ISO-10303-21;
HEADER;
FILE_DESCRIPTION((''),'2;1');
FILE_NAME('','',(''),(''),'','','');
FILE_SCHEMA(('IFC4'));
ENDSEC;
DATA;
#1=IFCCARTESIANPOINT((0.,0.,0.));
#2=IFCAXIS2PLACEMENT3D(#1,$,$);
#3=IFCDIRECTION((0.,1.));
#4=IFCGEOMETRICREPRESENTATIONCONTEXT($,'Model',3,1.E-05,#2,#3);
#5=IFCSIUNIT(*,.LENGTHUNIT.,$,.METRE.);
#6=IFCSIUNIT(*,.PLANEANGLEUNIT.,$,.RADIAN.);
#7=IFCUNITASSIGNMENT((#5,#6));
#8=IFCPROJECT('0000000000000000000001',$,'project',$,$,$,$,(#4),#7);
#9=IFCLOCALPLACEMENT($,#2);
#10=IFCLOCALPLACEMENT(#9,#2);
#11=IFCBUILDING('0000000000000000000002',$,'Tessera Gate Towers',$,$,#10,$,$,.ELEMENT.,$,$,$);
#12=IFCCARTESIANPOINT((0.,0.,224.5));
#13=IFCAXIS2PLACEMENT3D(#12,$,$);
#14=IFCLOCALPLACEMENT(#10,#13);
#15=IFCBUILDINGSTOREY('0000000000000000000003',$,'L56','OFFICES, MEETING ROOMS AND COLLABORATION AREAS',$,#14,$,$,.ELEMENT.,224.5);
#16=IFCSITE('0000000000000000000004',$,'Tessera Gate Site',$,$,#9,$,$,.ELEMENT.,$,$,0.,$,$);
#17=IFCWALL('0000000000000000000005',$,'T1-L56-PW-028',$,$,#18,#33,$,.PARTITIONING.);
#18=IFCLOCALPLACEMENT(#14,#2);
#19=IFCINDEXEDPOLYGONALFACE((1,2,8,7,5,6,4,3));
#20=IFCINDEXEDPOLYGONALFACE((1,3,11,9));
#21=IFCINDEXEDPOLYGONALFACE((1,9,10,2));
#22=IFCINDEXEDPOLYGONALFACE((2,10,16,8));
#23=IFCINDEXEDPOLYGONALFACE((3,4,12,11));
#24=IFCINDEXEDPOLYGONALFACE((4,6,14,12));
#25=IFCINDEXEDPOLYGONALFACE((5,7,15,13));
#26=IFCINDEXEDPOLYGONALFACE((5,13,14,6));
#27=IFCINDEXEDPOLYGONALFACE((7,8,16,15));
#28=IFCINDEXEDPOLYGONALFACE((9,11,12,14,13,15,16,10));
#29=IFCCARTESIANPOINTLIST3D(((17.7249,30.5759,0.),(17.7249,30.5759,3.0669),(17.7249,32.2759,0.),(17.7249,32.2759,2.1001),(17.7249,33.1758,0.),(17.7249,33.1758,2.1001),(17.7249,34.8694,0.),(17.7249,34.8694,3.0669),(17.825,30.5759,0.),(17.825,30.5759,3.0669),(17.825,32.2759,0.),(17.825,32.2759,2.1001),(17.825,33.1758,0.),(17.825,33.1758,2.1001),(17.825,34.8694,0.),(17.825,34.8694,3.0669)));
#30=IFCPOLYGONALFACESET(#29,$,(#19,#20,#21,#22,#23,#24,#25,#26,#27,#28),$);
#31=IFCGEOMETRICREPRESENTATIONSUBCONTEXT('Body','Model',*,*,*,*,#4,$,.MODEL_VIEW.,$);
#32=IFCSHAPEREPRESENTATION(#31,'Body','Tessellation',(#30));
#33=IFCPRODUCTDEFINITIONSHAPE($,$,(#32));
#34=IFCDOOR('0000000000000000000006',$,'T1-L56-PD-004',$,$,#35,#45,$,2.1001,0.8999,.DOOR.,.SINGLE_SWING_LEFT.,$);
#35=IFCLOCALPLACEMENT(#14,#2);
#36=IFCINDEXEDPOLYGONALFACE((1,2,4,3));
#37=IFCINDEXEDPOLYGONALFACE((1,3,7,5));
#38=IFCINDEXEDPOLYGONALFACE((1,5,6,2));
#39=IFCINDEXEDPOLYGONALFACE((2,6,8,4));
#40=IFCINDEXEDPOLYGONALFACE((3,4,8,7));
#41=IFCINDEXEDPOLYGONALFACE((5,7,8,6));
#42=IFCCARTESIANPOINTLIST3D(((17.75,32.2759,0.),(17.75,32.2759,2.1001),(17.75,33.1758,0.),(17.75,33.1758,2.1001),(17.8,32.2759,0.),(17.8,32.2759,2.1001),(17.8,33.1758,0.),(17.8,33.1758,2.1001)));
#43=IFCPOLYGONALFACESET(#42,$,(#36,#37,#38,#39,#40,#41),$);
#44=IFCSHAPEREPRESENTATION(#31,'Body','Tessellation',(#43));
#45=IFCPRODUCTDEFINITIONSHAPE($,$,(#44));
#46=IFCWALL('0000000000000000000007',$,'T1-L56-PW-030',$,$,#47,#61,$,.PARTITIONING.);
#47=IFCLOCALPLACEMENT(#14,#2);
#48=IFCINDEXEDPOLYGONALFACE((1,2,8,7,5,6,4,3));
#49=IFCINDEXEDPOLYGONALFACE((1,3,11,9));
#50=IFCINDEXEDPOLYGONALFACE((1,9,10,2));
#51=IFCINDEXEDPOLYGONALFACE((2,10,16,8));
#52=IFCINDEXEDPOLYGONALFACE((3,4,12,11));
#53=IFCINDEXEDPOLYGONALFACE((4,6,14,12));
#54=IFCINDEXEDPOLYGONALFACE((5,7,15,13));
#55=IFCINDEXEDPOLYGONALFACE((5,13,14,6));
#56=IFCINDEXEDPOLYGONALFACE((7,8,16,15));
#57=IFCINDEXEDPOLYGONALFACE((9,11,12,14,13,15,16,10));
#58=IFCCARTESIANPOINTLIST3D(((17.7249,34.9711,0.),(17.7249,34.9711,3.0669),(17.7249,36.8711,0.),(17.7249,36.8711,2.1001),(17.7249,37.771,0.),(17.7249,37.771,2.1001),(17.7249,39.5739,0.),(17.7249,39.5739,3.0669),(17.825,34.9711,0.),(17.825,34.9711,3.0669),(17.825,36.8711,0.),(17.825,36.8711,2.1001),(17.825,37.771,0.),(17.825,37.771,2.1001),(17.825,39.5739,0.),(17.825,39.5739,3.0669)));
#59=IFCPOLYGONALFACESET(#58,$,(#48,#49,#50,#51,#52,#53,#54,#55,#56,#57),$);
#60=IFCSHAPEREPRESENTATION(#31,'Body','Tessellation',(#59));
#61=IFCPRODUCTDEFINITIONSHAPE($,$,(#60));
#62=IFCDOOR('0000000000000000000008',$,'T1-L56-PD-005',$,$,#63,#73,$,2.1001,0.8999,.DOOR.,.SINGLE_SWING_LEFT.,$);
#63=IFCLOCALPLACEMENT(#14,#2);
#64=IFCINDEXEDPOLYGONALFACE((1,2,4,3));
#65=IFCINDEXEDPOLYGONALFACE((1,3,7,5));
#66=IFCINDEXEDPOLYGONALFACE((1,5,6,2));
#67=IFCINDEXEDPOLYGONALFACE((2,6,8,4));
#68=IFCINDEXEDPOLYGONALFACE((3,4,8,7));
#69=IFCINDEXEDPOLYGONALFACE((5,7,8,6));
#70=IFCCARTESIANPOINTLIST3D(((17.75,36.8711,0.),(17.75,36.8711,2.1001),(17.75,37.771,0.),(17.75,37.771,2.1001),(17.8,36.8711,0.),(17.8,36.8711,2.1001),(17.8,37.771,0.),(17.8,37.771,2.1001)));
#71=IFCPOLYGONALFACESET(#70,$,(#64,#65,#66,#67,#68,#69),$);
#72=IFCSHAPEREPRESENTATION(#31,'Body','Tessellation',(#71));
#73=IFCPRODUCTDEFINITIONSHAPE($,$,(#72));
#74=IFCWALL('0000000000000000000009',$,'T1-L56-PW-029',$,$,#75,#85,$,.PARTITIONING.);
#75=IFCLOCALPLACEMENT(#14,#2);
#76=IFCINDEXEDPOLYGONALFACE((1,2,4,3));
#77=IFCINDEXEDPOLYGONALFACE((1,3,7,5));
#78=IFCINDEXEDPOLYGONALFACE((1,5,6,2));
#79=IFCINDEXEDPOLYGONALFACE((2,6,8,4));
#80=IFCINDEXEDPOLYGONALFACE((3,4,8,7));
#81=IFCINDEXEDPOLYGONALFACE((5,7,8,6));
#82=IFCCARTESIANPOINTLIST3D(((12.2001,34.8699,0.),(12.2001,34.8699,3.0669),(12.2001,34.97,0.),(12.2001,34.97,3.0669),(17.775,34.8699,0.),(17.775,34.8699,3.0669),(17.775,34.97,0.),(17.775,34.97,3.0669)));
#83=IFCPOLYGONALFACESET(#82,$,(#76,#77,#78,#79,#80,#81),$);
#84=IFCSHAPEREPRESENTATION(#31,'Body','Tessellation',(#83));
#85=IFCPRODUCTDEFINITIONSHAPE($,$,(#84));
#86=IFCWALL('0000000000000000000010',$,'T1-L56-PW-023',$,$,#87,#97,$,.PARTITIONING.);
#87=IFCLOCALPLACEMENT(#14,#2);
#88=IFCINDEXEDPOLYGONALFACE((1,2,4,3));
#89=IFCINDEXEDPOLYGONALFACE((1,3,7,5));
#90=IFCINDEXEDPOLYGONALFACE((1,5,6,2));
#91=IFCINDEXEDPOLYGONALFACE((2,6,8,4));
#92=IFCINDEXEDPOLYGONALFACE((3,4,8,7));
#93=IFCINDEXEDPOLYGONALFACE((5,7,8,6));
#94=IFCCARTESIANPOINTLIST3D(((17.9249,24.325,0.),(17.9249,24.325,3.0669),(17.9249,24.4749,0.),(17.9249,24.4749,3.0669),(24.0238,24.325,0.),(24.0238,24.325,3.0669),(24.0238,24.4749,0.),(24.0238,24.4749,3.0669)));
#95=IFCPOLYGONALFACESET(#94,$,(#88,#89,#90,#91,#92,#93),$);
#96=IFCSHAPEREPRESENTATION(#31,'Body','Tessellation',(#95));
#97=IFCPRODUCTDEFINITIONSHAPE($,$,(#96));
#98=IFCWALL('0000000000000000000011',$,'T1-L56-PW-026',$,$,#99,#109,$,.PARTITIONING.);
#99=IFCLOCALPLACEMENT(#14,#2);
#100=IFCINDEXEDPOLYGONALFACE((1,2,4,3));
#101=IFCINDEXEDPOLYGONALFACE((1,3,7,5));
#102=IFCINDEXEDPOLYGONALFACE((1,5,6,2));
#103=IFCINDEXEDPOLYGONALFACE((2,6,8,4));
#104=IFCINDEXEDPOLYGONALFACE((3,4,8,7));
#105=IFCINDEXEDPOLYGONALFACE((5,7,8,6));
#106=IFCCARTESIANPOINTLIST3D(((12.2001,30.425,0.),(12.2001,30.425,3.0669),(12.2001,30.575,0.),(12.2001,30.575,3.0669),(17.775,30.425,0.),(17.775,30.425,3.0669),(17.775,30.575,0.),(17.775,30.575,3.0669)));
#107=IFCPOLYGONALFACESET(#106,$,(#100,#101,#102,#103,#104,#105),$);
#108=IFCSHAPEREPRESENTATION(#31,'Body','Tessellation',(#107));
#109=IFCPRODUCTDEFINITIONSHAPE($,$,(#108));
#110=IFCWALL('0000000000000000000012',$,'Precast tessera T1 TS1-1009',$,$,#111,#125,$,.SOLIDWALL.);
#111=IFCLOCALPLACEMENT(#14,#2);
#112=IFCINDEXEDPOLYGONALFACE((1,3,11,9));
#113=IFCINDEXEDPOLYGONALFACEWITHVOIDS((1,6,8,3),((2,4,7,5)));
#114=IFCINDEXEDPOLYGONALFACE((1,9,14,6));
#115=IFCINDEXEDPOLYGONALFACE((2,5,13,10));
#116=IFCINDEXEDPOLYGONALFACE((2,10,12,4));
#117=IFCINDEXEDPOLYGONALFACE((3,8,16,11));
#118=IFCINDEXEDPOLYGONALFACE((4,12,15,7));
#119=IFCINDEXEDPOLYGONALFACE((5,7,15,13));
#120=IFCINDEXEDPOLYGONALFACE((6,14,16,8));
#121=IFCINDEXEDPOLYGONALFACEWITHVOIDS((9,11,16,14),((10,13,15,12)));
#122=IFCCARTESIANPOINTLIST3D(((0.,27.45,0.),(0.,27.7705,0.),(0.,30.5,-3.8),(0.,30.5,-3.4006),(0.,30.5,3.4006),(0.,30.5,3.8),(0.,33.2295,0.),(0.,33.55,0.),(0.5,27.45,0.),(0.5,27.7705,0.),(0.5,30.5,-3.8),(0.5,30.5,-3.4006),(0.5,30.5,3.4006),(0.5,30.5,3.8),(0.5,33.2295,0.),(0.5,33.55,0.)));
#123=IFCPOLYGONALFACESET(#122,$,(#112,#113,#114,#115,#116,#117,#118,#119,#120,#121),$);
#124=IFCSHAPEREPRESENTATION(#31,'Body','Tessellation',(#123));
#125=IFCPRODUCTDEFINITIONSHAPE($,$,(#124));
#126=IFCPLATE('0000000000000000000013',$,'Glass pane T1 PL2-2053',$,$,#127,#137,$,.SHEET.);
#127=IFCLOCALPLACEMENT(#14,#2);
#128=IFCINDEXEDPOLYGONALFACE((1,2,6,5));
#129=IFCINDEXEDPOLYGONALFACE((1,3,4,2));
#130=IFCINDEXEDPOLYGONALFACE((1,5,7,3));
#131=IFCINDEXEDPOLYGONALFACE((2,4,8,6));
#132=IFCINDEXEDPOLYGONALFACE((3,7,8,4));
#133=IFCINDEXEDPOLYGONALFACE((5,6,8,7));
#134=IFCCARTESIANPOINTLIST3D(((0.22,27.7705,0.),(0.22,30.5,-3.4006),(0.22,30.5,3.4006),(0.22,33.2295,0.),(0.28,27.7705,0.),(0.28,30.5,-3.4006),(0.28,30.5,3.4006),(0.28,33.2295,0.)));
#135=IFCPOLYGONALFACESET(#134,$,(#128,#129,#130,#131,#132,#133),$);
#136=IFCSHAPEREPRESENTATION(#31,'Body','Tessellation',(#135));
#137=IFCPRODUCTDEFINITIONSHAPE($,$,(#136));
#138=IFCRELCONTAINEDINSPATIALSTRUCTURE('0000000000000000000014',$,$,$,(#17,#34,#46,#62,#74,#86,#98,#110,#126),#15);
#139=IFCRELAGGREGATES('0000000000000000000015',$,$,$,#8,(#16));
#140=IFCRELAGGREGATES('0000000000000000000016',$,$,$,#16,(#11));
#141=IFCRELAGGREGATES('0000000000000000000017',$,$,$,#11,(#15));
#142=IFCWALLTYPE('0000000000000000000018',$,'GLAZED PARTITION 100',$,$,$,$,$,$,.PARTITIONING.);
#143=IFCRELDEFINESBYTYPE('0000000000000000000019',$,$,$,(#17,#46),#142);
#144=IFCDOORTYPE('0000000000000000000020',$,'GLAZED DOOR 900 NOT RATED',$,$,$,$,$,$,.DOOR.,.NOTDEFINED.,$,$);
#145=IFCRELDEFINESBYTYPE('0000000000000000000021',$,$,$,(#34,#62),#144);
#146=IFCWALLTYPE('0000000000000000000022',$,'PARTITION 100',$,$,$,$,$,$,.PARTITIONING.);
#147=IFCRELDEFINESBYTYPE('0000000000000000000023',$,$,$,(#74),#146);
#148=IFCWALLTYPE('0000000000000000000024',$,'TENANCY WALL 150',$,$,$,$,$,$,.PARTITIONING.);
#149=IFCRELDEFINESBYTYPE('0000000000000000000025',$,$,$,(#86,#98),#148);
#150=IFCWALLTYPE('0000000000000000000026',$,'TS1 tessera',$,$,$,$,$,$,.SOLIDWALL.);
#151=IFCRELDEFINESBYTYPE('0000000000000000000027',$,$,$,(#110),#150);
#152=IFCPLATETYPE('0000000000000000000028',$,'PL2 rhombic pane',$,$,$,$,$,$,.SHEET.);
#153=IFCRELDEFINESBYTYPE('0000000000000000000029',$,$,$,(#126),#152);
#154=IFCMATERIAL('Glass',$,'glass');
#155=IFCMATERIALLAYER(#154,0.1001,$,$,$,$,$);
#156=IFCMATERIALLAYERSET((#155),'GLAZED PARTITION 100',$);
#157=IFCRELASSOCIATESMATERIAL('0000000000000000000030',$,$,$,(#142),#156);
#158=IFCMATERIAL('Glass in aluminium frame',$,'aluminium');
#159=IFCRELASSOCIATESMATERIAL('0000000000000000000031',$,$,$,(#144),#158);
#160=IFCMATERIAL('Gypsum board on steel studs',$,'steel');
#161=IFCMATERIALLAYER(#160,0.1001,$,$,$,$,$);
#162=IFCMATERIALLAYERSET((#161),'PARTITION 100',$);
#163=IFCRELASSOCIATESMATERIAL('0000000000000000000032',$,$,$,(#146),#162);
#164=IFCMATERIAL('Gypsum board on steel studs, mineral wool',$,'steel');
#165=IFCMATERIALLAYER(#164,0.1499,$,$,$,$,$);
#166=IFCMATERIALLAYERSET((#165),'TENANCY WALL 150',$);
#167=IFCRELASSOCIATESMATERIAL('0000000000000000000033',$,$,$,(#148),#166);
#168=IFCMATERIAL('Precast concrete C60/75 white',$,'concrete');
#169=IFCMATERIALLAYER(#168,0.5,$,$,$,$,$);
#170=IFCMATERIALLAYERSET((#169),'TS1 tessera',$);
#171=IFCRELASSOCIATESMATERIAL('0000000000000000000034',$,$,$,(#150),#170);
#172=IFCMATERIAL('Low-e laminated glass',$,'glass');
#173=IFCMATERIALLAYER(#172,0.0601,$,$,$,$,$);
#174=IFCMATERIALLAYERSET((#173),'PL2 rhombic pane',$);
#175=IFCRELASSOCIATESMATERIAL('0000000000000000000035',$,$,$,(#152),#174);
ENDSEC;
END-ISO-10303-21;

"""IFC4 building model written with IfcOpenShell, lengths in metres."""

from ifc_helpers import new_model, si_unit, direction, frame, frame_2d, origin, place, context, subcontext, project, spatial, polyline, rectangle, outline, extrude, source, transform, mapped, material, layer, layer_set, type_object, element, fill, save


model = new_model("IFC4")

# Units and contexts
model_context = context("Model", 3, precision=1e-05, world=origin(), true_north=direction((0.0, 1.0)))
body_context = subcontext(model_context, "Body", "Model", "MODEL_VIEW")
ifc_project = project(units=[si_unit("LENGTHUNIT", "METRE"), si_unit("PLANEANGLEUNIT", "RADIAN")], contexts=[model_context])

# Site, building, storey
site_placement = place(None, origin())
site = spatial("IfcSite", under=ifc_project, at=site_placement, Name="Tessera Gate Site", CompositionType="ELEMENT", RefElevation=0.0)
building_placement = place(site_placement, origin())
building = spatial("IfcBuilding", under=site, at=building_placement, Name="Tessera Gate Towers", CompositionType="ELEMENT")
storey_placement = place(building_placement, frame((0.0, 0.0, 224.5)))
storey = spatial("IfcBuildingStorey", under=building, at=storey_placement, Name="L56", Description="OFFICES, MEETING ROOMS AND COLLABORATION AREAS", CompositionType="ELEMENT", Elevation=224.5)

# Shared definitions
ifc_material_1 = material(Name="Glass", Category="glass")
ifc_layer_1 = layer(ifc_material_1, 0.1001)
ifc_layer_set_1 = layer_set([ifc_layer_1], Name="GLAZED PARTITION 100")
wall_type_1 = type_object("IfcWallType", Name="GLAZED PARTITION 100", PredefinedType="PARTITIONING", material=ifc_layer_set_1)
shared_shape_1 = source(origin(), body_context, "Body", "SweptSolid", [
    extrude(rectangle(XDim=0.8999, YDim=2.1001, at=frame_2d((0.45, 1.05))), frame((0.0, 0.0601, 0.0), z_axis=(0.0, -1.0, 0.0), x_axis=(1.0, 0.0, 0.0)), (0.0, 0.0, 1.0), 0.1201),
])
ifc_material_2 = material(Name="Glass in aluminium frame", Category="aluminium")
door_type = type_object("IfcDoorType", Name="GLAZED DOOR 900 NOT RATED", OperationType="NOTDEFINED", PredefinedType="DOOR", material=ifc_material_2)
shared_shape_2 = source(origin(), body_context, "Body", "SweptSolid", [
    extrude(rectangle(XDim=0.8999, YDim=2.1001, at=frame_2d((0.45, 1.05))), frame((0.0, 0.0249, 0.0), z_axis=(0.0, -1.0, 0.0), x_axis=(1.0, 0.0, 0.0)), (0.0, 0.0, 1.0), 0.05),
])

# Walls, openings, doors
wall_1_placement = place(storey_placement, frame((17.7749, 30.5759, 0.0), z_axis=(0.0, 0.0, 1.0), x_axis=(0.0, 1.0, 0.0)))
wall_1 = element("IfcWall", 1, at=wall_1_placement, inside=storey, type_object=wall_type_1, Name="T1-L56-PW-028", PredefinedType="PARTITIONING", context=body_context, shape_type="SweptSolid", body=[
    extrude(rectangle(XDim=4.2935, YDim=0.1001, at=frame_2d((2.1467, 0.0))), origin(), (0.0, 0.0, 1.0), 3.0669),
])
opening_1_placement = place(wall_1_placement, frame((1.7, 0.0, 0.0)))
opening_1 = element("IfcOpeningElement", 2, at=opening_1_placement, cuts=wall_1, PredefinedType="OPENING", context=body_context, shape_type="MappedRepresentation", body=[
    mapped(shared_shape_1, transform((0.0, 0.0, 0.0), scale=1.0)),
])
door_1_placement = place(opening_1_placement, origin())
door_1 = element("IfcDoor", 3, at=door_1_placement, inside=storey, type_object=door_type, Name="T1-L56-PD-004", OperationType="SINGLE_SWING_LEFT", OverallHeight=2.1001, OverallWidth=0.8999, PredefinedType="DOOR", context=body_context, shape_type="MappedRepresentation", body=[
    mapped(shared_shape_2, transform((0.0, 0.0, 0.0), scale=1.0)),
])
fill(opening_1, door_1)
wall_2_placement = place(storey_placement, frame((17.7749, 34.9712, 0.0), z_axis=(0.0, 0.0, 1.0), x_axis=(0.0, 1.0, 0.0)))
wall_2 = element("IfcWall", 4, at=wall_2_placement, inside=storey, type_object=wall_type_1, Name="T1-L56-PW-030", PredefinedType="PARTITIONING", context=body_context, shape_type="SweptSolid", body=[
    extrude(rectangle(XDim=4.6028, YDim=0.1001, at=frame_2d((2.3013, 0.0))), origin(), (0.0, 0.0, 1.0), 3.0669),
])
opening_2_placement = place(wall_2_placement, frame((1.8999, 0.0, 0.0)))
opening_2 = element("IfcOpeningElement", 5, at=opening_2_placement, cuts=wall_2, PredefinedType="OPENING", context=body_context, shape_type="MappedRepresentation", body=[
    mapped(shared_shape_1, transform((0.0, 0.0, 0.0), scale=1.0)),
])
door_2_placement = place(opening_2_placement, origin())
door_2 = element("IfcDoor", 6, at=door_2_placement, inside=storey, type_object=door_type, Name="T1-L56-PD-005", OperationType="SINGLE_SWING_LEFT", OverallHeight=2.1001, OverallWidth=0.8999, PredefinedType="DOOR", context=body_context, shape_type="MappedRepresentation", body=[
    mapped(shared_shape_2, transform((0.0, 0.0, 0.0), scale=1.0)),
])
fill(opening_2, door_2)

# Walls
ifc_material_3 = material(Name="Gypsum board on steel studs", Category="steel")
ifc_layer_2 = layer(ifc_material_3, 0.1001)
ifc_layer_set_2 = layer_set([ifc_layer_2], Name="PARTITION 100")
wall_type_2 = type_object("IfcWallType", Name="PARTITION 100", PredefinedType="PARTITIONING", material=ifc_layer_set_2)
wall_3_placement = place(storey_placement, frame((12.2, 34.9199, 0.0), z_axis=(0.0, 0.0, 1.0), x_axis=(1.0, 0.0, 0.0)))
element("IfcWall", 7, at=wall_3_placement, inside=storey, type_object=wall_type_2, Name="T1-L56-PW-029", PredefinedType="PARTITIONING", context=body_context, shape_type="SweptSolid", body=[
    extrude(rectangle(XDim=5.575, YDim=0.1001, at=frame_2d((2.7876, 0.0))), origin(), (0.0, 0.0, 1.0), 3.0669),
])
ifc_material_4 = material(Name="Gypsum board on steel studs, mineral wool", Category="steel")
ifc_layer_3 = layer(ifc_material_4, 0.1499)
ifc_layer_set_3 = layer_set([ifc_layer_3], Name="TENANCY WALL 150")
wall_type_3 = type_object("IfcWallType", Name="TENANCY WALL 150", PredefinedType="PARTITIONING", material=ifc_layer_set_3)
wall_4_placement = place(storey_placement, frame((17.925, 24.3999, 0.0), z_axis=(0.0, 0.0, 1.0), x_axis=(1.0, 0.0, 0.0)))
element("IfcWall", 8, at=wall_4_placement, inside=storey, type_object=wall_type_3, Name="T1-L56-PW-023", PredefinedType="PARTITIONING", context=body_context, shape_type="SweptSolid", body=[
    extrude(rectangle(XDim=6.0989, YDim=0.1499, at=frame_2d((3.0493, 0.0))), origin(), (0.0, 0.0, 1.0), 3.0669),
])
wall_5_placement = place(storey_placement, frame((12.2, 30.5, 0.0), z_axis=(0.0, 0.0, 1.0), x_axis=(1.0, 0.0, 0.0)))
element("IfcWall", 9, at=wall_5_placement, inside=storey, type_object=wall_type_3, Name="T1-L56-PW-026", PredefinedType="PARTITIONING", context=body_context, shape_type="SweptSolid", body=[
    extrude(rectangle(XDim=5.575, YDim=0.1499, at=frame_2d((2.7876, 0.0))), origin(), (0.0, 0.0, 1.0), 3.0669),
])

# Wall, opening, plate
ifc_material_5 = material(Name="Precast concrete C60/75 white", Category="concrete")
ifc_layer_4 = layer(ifc_material_5, 0.5)
ifc_layer_set_4 = layer_set([ifc_layer_4], Name="TS1 tessera")
wall_type_4 = type_object("IfcWallType", Name="TS1 tessera", PredefinedType="SOLIDWALL", material=ifc_layer_set_4)
shared_shape_3 = source(origin(), body_context, "Body", "SweptSolid", [
    extrude(outline(polyline([(3.05, 0.0), (6.1001, 3.8), (3.05, 7.6001), (0.0, 3.8), (3.05, 0.0)])), frame((0.0, 0.25, 0.0), z_axis=(0.0, -1.0, 0.0), x_axis=(1.0, 0.0, 0.0)), (0.0, 0.0, 1.0), 0.5),
])
wall_6_placement = place(storey_placement, frame((0.25, 33.55, -3.8), z_axis=(0.0, 0.0, 1.0), x_axis=(0.0, -1.0, 0.0)))
wall_6 = element("IfcWall", 10, at=wall_6_placement, inside=storey, type_object=wall_type_4, Name="Precast tessera T1 TS1-1009", PredefinedType="SOLIDWALL", context=body_context, shape_type="MappedRepresentation", body=[
    mapped(shared_shape_3, transform((0.0, 0.0, 0.0), scale=1.0)),
])
shared_shape_4 = source(origin(), body_context, "Body", "SweptSolid", [
    extrude(outline(polyline([(3.05, 0.3994), (5.7795, 3.8), (3.05, 7.2007), (0.3206, 3.8), (3.05, 0.3994)])), frame((0.0, 0.26, 0.0), z_axis=(0.0, -1.0, 0.0), x_axis=(1.0, 0.0, 0.0)), (0.0, 0.0, 1.0), 0.52),
])
opening_3_placement = place(wall_6_placement, origin())
opening_3 = element("IfcOpeningElement", 11, at=opening_3_placement, cuts=wall_6, PredefinedType="OPENING", context=body_context, shape_type="MappedRepresentation", body=[
    mapped(shared_shape_4, transform((0.0, 0.0, 0.0), scale=1.0)),
])
ifc_material_6 = material(Name="Low-e laminated glass", Category="glass")
ifc_layer_5 = layer(ifc_material_6, 0.0601)
ifc_layer_set_5 = layer_set([ifc_layer_5], Name="PL2 rhombic pane")
plate_type = type_object("IfcPlateType", Name="PL2 rhombic pane", PredefinedType="SHEET", material=ifc_layer_set_5)
shared_shape_5 = source(origin(), body_context, "Body", "SweptSolid", [
    extrude(outline(polyline([(3.05, 0.3994), (5.7795, 3.8), (3.05, 7.2007), (0.3206, 3.8), (3.05, 0.3994)])), frame((0.0, 0.03, 0.0), z_axis=(0.0, -1.0, 0.0), x_axis=(1.0, 0.0, 0.0)), (0.0, 0.0, 1.0), 0.0601),
])
plate_placement = place(opening_3_placement, origin())
plate = element("IfcPlate", 12, at=plate_placement, inside=storey, type_object=plate_type, Name="Glass pane T1 PL2-2053", PredefinedType="SHEET", context=body_context, shape_type="MappedRepresentation", body=[
    mapped(shared_shape_5, transform((0.0, 0.0, 0.0), scale=1.0)),
])
fill(opening_3, plate)

save(model, "model.ifc")
